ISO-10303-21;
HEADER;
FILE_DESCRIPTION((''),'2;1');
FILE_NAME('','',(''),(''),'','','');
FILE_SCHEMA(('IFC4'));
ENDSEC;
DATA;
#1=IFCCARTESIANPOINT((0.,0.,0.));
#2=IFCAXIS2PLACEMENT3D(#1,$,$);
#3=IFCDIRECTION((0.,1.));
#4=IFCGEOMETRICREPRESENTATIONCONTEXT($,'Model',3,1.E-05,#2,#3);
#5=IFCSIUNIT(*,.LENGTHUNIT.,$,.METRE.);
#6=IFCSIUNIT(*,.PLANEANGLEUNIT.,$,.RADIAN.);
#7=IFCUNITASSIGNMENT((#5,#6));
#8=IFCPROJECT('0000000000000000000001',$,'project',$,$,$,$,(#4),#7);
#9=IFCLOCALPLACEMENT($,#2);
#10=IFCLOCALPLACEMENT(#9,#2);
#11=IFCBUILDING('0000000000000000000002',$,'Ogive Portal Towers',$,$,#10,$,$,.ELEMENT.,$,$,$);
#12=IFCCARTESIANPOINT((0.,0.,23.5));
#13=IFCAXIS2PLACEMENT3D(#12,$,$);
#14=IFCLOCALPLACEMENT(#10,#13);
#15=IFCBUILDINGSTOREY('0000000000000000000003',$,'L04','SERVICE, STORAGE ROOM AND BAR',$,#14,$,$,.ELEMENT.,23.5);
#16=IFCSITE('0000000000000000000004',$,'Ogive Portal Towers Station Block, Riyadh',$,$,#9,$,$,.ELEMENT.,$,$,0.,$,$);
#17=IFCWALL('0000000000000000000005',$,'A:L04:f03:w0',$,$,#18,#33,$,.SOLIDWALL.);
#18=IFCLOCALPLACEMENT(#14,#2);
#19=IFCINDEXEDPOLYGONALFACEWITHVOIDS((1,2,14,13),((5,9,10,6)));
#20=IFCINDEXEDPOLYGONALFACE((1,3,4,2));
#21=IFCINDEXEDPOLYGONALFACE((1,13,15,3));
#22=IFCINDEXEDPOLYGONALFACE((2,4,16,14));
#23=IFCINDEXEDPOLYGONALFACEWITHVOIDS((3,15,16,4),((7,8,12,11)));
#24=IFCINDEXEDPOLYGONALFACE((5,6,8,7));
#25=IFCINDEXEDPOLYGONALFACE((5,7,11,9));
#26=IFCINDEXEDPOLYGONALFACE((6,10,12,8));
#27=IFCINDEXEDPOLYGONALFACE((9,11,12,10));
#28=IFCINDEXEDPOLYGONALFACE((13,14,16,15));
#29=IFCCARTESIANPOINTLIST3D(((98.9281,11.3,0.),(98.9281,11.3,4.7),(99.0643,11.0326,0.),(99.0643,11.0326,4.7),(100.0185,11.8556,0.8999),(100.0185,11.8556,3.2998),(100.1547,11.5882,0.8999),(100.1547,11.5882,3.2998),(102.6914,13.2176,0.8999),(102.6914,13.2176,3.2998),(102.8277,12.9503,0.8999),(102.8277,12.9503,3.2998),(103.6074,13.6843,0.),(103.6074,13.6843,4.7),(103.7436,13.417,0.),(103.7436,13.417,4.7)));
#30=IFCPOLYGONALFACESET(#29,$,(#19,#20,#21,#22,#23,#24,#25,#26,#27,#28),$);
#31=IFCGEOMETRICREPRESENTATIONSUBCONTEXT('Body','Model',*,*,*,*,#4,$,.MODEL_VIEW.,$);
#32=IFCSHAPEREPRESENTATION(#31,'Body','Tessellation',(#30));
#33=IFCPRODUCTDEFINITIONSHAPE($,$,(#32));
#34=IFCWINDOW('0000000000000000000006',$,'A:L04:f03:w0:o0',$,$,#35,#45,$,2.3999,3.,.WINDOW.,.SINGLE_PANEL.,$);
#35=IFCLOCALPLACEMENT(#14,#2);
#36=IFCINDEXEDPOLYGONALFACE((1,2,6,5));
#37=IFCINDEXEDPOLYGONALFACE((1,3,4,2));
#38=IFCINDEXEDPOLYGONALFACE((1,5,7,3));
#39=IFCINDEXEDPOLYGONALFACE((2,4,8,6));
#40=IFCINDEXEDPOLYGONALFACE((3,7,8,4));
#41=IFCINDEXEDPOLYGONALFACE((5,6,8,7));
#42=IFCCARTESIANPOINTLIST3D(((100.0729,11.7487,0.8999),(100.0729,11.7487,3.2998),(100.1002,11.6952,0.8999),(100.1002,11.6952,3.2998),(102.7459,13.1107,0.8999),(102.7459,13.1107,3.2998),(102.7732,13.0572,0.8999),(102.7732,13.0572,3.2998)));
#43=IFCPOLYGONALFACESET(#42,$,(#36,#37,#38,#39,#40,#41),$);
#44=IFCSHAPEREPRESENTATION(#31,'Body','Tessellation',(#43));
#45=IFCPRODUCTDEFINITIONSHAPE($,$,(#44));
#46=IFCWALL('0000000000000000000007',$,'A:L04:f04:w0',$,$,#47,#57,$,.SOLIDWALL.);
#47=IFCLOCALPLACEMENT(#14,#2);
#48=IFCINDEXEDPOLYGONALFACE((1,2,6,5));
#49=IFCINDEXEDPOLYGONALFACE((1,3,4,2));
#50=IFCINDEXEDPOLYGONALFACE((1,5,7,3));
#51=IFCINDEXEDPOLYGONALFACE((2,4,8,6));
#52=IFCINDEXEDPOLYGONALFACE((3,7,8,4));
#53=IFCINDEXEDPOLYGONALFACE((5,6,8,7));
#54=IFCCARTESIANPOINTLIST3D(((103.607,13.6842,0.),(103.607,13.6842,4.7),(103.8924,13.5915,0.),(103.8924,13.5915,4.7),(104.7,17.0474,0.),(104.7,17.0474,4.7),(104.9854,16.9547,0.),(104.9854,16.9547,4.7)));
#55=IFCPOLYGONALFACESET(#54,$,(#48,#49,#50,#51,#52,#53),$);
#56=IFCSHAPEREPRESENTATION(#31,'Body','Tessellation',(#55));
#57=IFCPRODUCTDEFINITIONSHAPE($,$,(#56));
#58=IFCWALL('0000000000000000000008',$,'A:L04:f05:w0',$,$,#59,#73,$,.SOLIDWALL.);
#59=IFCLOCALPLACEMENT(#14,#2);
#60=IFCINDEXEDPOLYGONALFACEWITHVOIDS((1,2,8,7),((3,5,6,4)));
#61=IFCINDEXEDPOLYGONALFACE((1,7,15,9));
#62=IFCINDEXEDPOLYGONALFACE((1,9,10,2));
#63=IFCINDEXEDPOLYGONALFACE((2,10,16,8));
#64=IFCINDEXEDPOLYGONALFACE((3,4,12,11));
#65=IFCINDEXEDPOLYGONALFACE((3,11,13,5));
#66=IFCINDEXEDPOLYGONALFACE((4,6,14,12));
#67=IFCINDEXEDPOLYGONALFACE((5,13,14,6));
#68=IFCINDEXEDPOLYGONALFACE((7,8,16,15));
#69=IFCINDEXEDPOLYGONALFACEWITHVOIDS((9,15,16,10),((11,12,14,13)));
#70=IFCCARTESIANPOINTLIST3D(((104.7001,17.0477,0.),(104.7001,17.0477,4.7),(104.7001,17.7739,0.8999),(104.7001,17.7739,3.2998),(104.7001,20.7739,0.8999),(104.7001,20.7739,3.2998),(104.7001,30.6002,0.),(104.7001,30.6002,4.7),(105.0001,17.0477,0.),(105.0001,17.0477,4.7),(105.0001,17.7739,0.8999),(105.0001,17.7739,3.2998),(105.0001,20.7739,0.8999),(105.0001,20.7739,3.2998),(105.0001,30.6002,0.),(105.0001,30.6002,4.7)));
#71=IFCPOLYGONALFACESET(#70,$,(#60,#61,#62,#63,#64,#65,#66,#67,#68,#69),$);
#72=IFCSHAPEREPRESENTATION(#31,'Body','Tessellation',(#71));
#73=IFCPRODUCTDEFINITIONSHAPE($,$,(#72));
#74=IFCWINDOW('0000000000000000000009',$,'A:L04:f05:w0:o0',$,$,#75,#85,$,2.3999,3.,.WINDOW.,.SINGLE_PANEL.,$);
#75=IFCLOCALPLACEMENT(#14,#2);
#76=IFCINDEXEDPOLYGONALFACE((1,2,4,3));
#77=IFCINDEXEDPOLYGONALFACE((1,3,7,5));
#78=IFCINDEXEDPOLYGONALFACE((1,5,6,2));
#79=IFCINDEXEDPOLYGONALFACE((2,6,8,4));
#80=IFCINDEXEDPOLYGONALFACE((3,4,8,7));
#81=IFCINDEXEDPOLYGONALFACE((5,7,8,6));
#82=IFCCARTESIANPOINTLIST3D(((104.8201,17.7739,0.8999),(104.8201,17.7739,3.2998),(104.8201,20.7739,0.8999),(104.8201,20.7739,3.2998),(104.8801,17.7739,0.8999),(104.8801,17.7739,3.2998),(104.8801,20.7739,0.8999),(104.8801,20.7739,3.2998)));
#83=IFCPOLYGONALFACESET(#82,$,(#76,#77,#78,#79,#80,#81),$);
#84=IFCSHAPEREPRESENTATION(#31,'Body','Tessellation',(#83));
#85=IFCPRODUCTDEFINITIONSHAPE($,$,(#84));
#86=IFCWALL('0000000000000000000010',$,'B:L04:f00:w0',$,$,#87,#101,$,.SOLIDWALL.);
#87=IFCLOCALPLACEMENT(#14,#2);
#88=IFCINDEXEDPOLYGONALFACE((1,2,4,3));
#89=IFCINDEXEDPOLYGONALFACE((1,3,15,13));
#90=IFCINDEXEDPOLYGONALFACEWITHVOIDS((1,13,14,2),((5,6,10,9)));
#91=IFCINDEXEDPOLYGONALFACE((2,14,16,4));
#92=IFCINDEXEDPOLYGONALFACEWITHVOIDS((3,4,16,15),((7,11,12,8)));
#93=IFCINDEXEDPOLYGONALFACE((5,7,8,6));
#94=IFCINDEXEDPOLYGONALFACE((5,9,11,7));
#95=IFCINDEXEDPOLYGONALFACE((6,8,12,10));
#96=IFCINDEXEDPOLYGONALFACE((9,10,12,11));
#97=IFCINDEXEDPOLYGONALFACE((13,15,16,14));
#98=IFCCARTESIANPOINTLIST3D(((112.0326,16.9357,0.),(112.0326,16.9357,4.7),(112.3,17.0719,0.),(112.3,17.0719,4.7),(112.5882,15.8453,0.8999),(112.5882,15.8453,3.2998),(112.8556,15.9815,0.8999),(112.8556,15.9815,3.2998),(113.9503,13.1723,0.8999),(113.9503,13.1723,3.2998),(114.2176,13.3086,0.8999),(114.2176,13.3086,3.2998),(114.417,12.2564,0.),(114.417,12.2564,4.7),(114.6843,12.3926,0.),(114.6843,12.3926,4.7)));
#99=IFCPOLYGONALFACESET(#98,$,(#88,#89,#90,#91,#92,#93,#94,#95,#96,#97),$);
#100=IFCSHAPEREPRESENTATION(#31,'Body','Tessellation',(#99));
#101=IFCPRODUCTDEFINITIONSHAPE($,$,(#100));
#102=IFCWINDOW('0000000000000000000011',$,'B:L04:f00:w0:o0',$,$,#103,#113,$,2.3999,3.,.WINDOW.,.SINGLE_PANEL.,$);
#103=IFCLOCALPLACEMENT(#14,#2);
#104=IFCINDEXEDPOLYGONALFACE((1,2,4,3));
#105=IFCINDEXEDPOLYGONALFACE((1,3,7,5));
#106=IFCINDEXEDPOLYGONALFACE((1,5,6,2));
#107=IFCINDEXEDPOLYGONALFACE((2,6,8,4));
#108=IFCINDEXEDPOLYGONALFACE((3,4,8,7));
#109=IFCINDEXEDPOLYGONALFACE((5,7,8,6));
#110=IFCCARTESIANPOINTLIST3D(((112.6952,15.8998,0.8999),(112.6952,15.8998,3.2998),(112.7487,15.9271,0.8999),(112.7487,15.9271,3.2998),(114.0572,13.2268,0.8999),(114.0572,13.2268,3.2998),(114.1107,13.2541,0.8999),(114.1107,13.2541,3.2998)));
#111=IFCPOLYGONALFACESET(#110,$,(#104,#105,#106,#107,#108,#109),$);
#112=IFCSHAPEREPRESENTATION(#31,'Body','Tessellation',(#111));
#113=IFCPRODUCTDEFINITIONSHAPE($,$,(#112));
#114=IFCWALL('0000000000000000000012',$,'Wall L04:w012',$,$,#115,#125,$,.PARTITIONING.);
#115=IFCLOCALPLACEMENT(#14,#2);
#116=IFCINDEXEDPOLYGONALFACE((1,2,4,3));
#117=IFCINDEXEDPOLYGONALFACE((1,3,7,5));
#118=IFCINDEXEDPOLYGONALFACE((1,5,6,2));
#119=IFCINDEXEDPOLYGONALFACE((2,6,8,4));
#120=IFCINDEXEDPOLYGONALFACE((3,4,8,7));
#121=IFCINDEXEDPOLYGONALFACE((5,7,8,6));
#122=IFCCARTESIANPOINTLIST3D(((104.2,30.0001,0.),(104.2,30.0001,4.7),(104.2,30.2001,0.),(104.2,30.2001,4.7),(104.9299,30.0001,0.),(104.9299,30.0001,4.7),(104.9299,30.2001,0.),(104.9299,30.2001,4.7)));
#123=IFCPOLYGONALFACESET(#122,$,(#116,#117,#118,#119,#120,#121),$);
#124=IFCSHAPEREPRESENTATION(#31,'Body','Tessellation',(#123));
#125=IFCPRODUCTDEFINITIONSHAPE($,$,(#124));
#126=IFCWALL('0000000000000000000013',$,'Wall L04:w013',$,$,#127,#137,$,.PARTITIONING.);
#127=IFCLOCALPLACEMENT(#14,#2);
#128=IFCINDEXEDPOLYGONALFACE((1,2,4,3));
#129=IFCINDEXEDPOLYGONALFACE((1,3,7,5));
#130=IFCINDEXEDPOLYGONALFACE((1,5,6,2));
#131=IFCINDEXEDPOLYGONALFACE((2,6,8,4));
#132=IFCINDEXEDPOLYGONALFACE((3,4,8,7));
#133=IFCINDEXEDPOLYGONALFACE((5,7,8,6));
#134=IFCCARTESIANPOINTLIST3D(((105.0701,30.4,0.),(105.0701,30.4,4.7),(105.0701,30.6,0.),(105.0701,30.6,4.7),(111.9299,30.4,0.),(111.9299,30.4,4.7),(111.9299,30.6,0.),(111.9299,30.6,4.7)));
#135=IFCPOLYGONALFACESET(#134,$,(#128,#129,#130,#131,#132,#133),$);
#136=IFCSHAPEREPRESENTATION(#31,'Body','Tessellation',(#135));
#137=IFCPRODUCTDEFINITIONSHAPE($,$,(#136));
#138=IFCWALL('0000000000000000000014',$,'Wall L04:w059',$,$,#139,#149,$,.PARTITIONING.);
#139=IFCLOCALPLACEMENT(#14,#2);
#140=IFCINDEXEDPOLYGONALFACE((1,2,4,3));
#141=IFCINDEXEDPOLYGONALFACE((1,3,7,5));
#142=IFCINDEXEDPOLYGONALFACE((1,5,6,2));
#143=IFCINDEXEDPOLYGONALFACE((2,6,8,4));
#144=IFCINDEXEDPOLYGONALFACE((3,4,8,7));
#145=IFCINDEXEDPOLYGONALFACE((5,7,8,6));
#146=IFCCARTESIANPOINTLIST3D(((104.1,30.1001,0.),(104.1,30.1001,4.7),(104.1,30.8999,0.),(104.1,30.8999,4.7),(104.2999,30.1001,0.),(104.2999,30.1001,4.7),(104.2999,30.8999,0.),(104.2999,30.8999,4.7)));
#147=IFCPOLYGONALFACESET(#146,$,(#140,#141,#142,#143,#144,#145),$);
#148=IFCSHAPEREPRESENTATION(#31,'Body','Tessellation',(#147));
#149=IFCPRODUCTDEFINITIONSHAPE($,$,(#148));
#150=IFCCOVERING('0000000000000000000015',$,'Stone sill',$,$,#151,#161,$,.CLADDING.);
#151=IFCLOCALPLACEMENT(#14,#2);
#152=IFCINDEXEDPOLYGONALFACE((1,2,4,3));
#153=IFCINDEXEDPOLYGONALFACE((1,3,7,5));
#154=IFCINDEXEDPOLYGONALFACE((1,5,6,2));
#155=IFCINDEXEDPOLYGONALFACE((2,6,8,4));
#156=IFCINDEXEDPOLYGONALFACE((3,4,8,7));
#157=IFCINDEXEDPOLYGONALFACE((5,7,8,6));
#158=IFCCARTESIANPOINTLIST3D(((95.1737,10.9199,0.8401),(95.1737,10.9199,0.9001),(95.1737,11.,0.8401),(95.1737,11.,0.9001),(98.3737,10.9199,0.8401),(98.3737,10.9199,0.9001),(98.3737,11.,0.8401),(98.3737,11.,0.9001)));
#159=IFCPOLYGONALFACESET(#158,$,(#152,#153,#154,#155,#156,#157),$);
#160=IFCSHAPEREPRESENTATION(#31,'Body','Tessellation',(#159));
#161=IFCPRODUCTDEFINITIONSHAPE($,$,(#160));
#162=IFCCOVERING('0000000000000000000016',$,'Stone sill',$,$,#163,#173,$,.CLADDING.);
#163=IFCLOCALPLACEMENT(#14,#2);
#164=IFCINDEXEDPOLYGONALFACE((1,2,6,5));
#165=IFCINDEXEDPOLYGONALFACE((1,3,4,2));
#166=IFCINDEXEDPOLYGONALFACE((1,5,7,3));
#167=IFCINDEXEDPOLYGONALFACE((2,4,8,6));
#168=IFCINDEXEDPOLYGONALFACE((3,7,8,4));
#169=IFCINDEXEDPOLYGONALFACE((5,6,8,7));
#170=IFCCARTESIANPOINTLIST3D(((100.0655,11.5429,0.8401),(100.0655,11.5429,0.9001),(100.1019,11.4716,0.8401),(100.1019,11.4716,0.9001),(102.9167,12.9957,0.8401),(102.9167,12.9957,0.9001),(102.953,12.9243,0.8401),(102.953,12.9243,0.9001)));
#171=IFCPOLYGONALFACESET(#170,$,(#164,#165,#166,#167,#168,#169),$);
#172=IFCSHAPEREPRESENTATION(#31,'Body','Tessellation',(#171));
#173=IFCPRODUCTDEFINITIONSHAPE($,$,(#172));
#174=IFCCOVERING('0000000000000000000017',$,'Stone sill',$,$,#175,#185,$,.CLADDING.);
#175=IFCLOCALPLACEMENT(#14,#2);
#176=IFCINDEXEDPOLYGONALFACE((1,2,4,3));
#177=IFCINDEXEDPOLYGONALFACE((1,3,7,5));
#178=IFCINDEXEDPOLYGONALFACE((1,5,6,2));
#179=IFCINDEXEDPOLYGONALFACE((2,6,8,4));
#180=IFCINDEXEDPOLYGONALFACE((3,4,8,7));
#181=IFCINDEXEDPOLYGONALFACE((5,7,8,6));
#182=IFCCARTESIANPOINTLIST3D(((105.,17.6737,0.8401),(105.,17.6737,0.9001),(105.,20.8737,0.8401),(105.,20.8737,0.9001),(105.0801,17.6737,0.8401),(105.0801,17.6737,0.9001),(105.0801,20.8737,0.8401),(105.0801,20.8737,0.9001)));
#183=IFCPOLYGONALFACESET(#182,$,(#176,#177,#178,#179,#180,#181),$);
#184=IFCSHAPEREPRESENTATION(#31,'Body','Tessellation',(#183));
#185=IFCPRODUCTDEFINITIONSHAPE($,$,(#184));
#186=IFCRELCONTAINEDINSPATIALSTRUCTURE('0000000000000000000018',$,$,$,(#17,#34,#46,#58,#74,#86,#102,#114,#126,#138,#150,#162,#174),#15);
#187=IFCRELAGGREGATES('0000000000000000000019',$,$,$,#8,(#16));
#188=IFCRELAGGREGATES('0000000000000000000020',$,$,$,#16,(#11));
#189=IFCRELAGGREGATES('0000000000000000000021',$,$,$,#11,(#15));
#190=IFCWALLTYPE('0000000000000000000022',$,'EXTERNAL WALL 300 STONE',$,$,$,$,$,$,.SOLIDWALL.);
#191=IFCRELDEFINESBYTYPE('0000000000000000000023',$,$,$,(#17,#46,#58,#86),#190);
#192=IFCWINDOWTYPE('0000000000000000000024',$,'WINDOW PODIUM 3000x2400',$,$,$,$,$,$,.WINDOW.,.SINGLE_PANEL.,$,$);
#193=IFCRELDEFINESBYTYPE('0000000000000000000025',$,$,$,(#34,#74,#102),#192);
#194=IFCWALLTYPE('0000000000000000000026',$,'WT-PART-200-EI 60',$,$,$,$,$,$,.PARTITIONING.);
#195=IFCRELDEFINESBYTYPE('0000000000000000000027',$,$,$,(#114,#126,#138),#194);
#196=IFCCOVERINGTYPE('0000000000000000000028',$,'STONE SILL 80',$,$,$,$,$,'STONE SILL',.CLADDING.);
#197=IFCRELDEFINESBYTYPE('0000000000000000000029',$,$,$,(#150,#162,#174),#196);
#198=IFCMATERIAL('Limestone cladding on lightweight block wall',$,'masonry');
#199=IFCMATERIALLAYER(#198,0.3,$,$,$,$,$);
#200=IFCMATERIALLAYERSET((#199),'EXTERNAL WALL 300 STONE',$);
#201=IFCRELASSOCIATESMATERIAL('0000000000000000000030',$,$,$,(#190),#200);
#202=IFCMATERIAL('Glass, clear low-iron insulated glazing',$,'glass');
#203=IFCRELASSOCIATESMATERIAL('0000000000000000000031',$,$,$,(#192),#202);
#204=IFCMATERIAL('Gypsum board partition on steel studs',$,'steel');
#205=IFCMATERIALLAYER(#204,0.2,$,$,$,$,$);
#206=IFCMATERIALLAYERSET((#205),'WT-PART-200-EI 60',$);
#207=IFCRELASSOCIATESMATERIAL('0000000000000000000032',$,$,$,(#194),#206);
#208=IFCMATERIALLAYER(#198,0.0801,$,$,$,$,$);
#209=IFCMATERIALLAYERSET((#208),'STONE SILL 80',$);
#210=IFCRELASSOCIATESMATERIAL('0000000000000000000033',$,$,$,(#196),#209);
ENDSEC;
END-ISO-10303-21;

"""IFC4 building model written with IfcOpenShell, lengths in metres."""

from ifc_helpers import new_model, si_unit, direction, frame, frame_2d, origin, origin_2d, place, context, subcontext, project, spatial, rectangle, extrude, material, layer, layer_set, type_object, element, fill, save


model = new_model("IFC4")

# Units and contexts
model_context = context("Model", 3, precision=1e-05, world=origin(), true_north=direction((0.0, 1.0)))
body_context = subcontext(model_context, "Body", "Model", "MODEL_VIEW")
ifc_project = project(units=[si_unit("LENGTHUNIT", "METRE"), si_unit("PLANEANGLEUNIT", "RADIAN")], contexts=[model_context])

# Site, building, storey
site_placement = place(None, origin())
site = spatial("IfcSite", under=ifc_project, at=site_placement, Name="Ogive Portal Towers Station Block, Riyadh", CompositionType="ELEMENT", RefElevation=0.0)
building_placement = place(site_placement, origin())
building = spatial("IfcBuilding", under=site, at=building_placement, Name="Ogive Portal Towers", CompositionType="ELEMENT")
storey_placement = place(building_placement, frame((0.0, 0.0, 23.5)))
storey = spatial("IfcBuildingStorey", under=building, at=storey_placement, Name="L04", Description="SERVICE, STORAGE ROOM AND BAR", CompositionType="ELEMENT", Elevation=23.5)

# Wall, opening, window
ifc_material_1 = material(Name="Limestone cladding on lightweight block wall", Category="masonry")
ifc_layer_1 = layer(ifc_material_1, 0.3)
ifc_layer_set_1 = layer_set([ifc_layer_1], Name="EXTERNAL WALL 300 STONE")
wall_type_1 = type_object("IfcWallType", Name="EXTERNAL WALL 300 STONE", PredefinedType="SOLIDWALL", material=ifc_layer_set_1)
wall_1_placement = place(storey_placement, frame((98.9961, 11.1663, 0.0), z_axis=(0.0, 0.0, 1.0), x_axis=(0.890998, 0.454007, 0.0)))
wall_1 = element("IfcWall", 1, at=wall_1_placement, inside=storey, type_object=wall_type_1, Name="A:L04:f03:w0", PredefinedType="SOLIDWALL", context=body_context, shape_type="SweptSolid", body=[
    extrude(rectangle(XDim=5.2517, YDim=0.3, at=frame_2d((2.626, 0.0))), origin(), (0.0, 0.0, 1.0), 4.7),
])
opening_1_placement = place(wall_1_placement, frame((1.2239, 0.0, 0.8999)))
opening_1 = element("IfcOpeningElement", 2, at=opening_1_placement, cuts=wall_1, PredefinedType="OPENING", context=body_context, shape_type="SweptSolid", body=[
    extrude(rectangle(XDim=3.0, YDim=2.3999, at=frame_2d((1.5, 1.2))), frame((0.0, 0.1602, 0.0), z_axis=(0.0, -1.0, 0.0), x_axis=(1.0, 0.0, 0.0)), (0.0, 0.0, 1.0), 0.3201),
])
ifc_material_2 = material(Name="Glass, clear low-iron insulated glazing", Category="glass")
window_type = type_object("IfcWindowType", Name="WINDOW PODIUM 3000x2400", PartitioningType="SINGLE_PANEL", PredefinedType="WINDOW", material=ifc_material_2)
window_1_placement = place(opening_1_placement, origin())
window_1 = element("IfcWindow", 3, at=window_1_placement, inside=storey, type_object=window_type, Name="A:L04:f03:w0:o0", OverallHeight=2.3999, OverallWidth=3.0, PartitioningType="SINGLE_PANEL", PredefinedType="WINDOW", context=body_context, shape_type="SweptSolid", body=[
    extrude(rectangle(XDim=3.0, YDim=2.3999, at=frame_2d((1.5, 1.2))), frame((0.0, 0.03, 0.0), z_axis=(0.0, -1.0, 0.0), x_axis=(1.0, 0.0, 0.0)), (0.0, 0.0, 1.0), 0.0601),
])
fill(opening_1, window_1)

# Wall
wall_2_placement = place(storey_placement, frame((103.7498, 13.6379, 0.0), z_axis=(0.0, 0.0, 1.0), x_axis=(0.309074, 0.951038, 0.0)))
element("IfcWall", 4, at=wall_2_placement, inside=storey, type_object=wall_type_1, Name="A:L04:f04:w0", PredefinedType="SOLIDWALL", context=body_context, shape_type="SweptSolid", body=[
    extrude(rectangle(XDim=3.5364, YDim=0.3, at=frame_2d((1.7681, 0.0))), origin(), (0.0, 0.0, 1.0), 4.7),
])

# Walls, openings, windows
wall_3_placement = place(storey_placement, frame((104.8501, 17.0476, 0.0), z_axis=(0.0, 0.0, 1.0), x_axis=(0.0, 1.0, 0.0)))
wall_3 = element("IfcWall", 5, at=wall_3_placement, inside=storey, type_object=wall_type_1, Name="A:L04:f05:w0", PredefinedType="SOLIDWALL", context=body_context, shape_type="SweptSolid", body=[
    extrude(rectangle(XDim=13.5525, YDim=0.3, at=frame_2d((6.7764, 0.0))), origin(), (0.0, 0.0, 1.0), 4.7),
])
opening_2_placement = place(wall_3_placement, frame((0.7263, 0.0, 0.8999)))
opening_2 = element("IfcOpeningElement", 6, at=opening_2_placement, cuts=wall_3, PredefinedType="OPENING", context=body_context, shape_type="SweptSolid", body=[
    extrude(rectangle(XDim=3.0, YDim=2.3999, at=frame_2d((1.5, 1.2))), frame((0.0, 0.1602, 0.0), z_axis=(0.0, -1.0, 0.0), x_axis=(1.0, 0.0, 0.0)), (0.0, 0.0, 1.0), 0.3201),
])
window_2_placement = place(opening_2_placement, origin())
window_2 = element("IfcWindow", 7, at=window_2_placement, inside=storey, type_object=window_type, Name="A:L04:f05:w0:o0", OverallHeight=2.3999, OverallWidth=3.0, PartitioningType="SINGLE_PANEL", PredefinedType="WINDOW", context=body_context, shape_type="SweptSolid", body=[
    extrude(rectangle(XDim=3.0, YDim=2.3999, at=frame_2d((1.5, 1.2))), frame((0.0, 0.03, 0.0), z_axis=(0.0, -1.0, 0.0), x_axis=(1.0, 0.0, 0.0)), (0.0, 0.0, 1.0), 0.0601),
])
fill(opening_2, window_2)
wall_4_placement = place(storey_placement, frame((112.1663, 17.0039, 0.0), z_axis=(0.0, 0.0, 1.0), x_axis=(0.454007, -0.890998, 0.0)))
wall_4 = element("IfcWall", 8, at=wall_4_placement, inside=storey, type_object=wall_type_1, Name="B:L04:f00:w0", PredefinedType="SOLIDWALL", context=body_context, shape_type="SweptSolid", body=[
    extrude(rectangle(XDim=5.2517, YDim=0.3, at=frame_2d((2.626, 0.0))), origin(), (0.0, 0.0, 1.0), 4.7),
])
opening_3_placement = place(wall_4_placement, frame((1.2239, 0.0, 0.8999)))
opening_3 = element("IfcOpeningElement", 9, at=opening_3_placement, cuts=wall_4, PredefinedType="OPENING", context=body_context, shape_type="SweptSolid", body=[
    extrude(rectangle(XDim=3.0, YDim=2.3999, at=frame_2d((1.5, 1.2))), frame((0.0, 0.1602, 0.0), z_axis=(0.0, -1.0, 0.0), x_axis=(1.0, 0.0, 0.0)), (0.0, 0.0, 1.0), 0.3201),
])
window_3_placement = place(opening_3_placement, origin())
window_3 = element("IfcWindow", 10, at=window_3_placement, inside=storey, type_object=window_type, Name="B:L04:f00:w0:o0", OverallHeight=2.3999, OverallWidth=3.0, PartitioningType="SINGLE_PANEL", PredefinedType="WINDOW", context=body_context, shape_type="SweptSolid", body=[
    extrude(rectangle(XDim=3.0, YDim=2.3999, at=frame_2d((1.5, 1.2))), frame((0.0, 0.03, 0.0), z_axis=(0.0, -1.0, 0.0), x_axis=(1.0, 0.0, 0.0)), (0.0, 0.0, 1.0), 0.0601),
])
fill(opening_3, window_3)

# Walls
ifc_material_3 = material(Name="Gypsum board partition on steel studs", Category="steel")
ifc_layer_2 = layer(ifc_material_3, 0.2)
ifc_layer_set_2 = layer_set([ifc_layer_2], Name="WT-PART-200-EI 60")
wall_type_2 = type_object("IfcWallType", Name="WT-PART-200-EI 60", PredefinedType="PARTITIONING", material=ifc_layer_set_2)
wall_5_placement = place(storey_placement, frame((104.2, 30.1001, 0.0), z_axis=(0.0, 0.0, 1.0), x_axis=(1.0, 0.0, 0.0)))
element("IfcWall", 11, at=wall_5_placement, inside=storey, type_object=wall_type_2, Name="Wall L04:w012", PredefinedType="PARTITIONING", context=body_context, shape_type="SweptSolid", body=[
    extrude(rectangle(XDim=0.73, YDim=0.2, at=frame_2d((0.365, 0.0))), origin(), (0.0, 0.0, 1.0), 4.7),
])
wall_6_placement = place(storey_placement, frame((105.0701, 30.5, 0.0), z_axis=(0.0, 0.0, 1.0), x_axis=(1.0, 0.0, 0.0)))
element("IfcWall", 12, at=wall_6_placement, inside=storey, type_object=wall_type_2, Name="Wall L04:w013", PredefinedType="PARTITIONING", context=body_context, shape_type="SweptSolid", body=[
    extrude(rectangle(XDim=6.8599, YDim=0.2, at=frame_2d((3.4299, 0.0))), origin(), (0.0, 0.0, 1.0), 4.7),
])
wall_7_placement = place(storey_placement, frame((104.2, 30.1001, 0.0), z_axis=(0.0, 0.0, 1.0), x_axis=(0.0, 1.0, 0.0)))
element("IfcWall", 13, at=wall_7_placement, inside=storey, type_object=wall_type_2, Name="Wall L04:w059", PredefinedType="PARTITIONING", context=body_context, shape_type="SweptSolid", body=[
    extrude(rectangle(XDim=0.7998, YDim=0.2, at=frame_2d((0.3999, 0.0))), origin(), (0.0, 0.0, 1.0), 4.7),
])

# Coverings
ifc_layer_3 = layer(ifc_material_1, 0.0801)
ifc_layer_set_3 = layer_set([ifc_layer_3], Name="STONE SILL 80")
covering_type = type_object("IfcCoveringType", Name="STONE SILL 80", ElementType="STONE SILL", PredefinedType="CLADDING", material=ifc_layer_set_3)
for number, where, z_axis, x_axis, name in (
    (14, (96.7737, 10.96, 0.8401), (0.0, 0.0, 1.0), (1.0, 0.0, 0.0), "Stone sill"),
    (15, (101.5093, 12.2336, 0.8401), (0.0, 0.0, 1.0), (0.891007, 0.45399, 0.0), "Stone sill"),
    (16, (105.04, 19.2737, 0.8401), (0.0, 0.0, 1.0), (0.0, 1.0, 0.0), "Stone sill"),
):
    element("IfcCovering", number, at=place(storey_placement, frame(where, z_axis=z_axis, x_axis=x_axis)), inside=storey, type_object=covering_type, Name=name, PredefinedType="CLADDING", context=body_context, shape_type="SweptSolid", body=[
        extrude(rectangle(XDim=3.2, YDim=0.0801, at=origin_2d()), origin(), (0.0, 0.0, 1.0), 0.0601),
    ])

save(model, "model.ifc")
